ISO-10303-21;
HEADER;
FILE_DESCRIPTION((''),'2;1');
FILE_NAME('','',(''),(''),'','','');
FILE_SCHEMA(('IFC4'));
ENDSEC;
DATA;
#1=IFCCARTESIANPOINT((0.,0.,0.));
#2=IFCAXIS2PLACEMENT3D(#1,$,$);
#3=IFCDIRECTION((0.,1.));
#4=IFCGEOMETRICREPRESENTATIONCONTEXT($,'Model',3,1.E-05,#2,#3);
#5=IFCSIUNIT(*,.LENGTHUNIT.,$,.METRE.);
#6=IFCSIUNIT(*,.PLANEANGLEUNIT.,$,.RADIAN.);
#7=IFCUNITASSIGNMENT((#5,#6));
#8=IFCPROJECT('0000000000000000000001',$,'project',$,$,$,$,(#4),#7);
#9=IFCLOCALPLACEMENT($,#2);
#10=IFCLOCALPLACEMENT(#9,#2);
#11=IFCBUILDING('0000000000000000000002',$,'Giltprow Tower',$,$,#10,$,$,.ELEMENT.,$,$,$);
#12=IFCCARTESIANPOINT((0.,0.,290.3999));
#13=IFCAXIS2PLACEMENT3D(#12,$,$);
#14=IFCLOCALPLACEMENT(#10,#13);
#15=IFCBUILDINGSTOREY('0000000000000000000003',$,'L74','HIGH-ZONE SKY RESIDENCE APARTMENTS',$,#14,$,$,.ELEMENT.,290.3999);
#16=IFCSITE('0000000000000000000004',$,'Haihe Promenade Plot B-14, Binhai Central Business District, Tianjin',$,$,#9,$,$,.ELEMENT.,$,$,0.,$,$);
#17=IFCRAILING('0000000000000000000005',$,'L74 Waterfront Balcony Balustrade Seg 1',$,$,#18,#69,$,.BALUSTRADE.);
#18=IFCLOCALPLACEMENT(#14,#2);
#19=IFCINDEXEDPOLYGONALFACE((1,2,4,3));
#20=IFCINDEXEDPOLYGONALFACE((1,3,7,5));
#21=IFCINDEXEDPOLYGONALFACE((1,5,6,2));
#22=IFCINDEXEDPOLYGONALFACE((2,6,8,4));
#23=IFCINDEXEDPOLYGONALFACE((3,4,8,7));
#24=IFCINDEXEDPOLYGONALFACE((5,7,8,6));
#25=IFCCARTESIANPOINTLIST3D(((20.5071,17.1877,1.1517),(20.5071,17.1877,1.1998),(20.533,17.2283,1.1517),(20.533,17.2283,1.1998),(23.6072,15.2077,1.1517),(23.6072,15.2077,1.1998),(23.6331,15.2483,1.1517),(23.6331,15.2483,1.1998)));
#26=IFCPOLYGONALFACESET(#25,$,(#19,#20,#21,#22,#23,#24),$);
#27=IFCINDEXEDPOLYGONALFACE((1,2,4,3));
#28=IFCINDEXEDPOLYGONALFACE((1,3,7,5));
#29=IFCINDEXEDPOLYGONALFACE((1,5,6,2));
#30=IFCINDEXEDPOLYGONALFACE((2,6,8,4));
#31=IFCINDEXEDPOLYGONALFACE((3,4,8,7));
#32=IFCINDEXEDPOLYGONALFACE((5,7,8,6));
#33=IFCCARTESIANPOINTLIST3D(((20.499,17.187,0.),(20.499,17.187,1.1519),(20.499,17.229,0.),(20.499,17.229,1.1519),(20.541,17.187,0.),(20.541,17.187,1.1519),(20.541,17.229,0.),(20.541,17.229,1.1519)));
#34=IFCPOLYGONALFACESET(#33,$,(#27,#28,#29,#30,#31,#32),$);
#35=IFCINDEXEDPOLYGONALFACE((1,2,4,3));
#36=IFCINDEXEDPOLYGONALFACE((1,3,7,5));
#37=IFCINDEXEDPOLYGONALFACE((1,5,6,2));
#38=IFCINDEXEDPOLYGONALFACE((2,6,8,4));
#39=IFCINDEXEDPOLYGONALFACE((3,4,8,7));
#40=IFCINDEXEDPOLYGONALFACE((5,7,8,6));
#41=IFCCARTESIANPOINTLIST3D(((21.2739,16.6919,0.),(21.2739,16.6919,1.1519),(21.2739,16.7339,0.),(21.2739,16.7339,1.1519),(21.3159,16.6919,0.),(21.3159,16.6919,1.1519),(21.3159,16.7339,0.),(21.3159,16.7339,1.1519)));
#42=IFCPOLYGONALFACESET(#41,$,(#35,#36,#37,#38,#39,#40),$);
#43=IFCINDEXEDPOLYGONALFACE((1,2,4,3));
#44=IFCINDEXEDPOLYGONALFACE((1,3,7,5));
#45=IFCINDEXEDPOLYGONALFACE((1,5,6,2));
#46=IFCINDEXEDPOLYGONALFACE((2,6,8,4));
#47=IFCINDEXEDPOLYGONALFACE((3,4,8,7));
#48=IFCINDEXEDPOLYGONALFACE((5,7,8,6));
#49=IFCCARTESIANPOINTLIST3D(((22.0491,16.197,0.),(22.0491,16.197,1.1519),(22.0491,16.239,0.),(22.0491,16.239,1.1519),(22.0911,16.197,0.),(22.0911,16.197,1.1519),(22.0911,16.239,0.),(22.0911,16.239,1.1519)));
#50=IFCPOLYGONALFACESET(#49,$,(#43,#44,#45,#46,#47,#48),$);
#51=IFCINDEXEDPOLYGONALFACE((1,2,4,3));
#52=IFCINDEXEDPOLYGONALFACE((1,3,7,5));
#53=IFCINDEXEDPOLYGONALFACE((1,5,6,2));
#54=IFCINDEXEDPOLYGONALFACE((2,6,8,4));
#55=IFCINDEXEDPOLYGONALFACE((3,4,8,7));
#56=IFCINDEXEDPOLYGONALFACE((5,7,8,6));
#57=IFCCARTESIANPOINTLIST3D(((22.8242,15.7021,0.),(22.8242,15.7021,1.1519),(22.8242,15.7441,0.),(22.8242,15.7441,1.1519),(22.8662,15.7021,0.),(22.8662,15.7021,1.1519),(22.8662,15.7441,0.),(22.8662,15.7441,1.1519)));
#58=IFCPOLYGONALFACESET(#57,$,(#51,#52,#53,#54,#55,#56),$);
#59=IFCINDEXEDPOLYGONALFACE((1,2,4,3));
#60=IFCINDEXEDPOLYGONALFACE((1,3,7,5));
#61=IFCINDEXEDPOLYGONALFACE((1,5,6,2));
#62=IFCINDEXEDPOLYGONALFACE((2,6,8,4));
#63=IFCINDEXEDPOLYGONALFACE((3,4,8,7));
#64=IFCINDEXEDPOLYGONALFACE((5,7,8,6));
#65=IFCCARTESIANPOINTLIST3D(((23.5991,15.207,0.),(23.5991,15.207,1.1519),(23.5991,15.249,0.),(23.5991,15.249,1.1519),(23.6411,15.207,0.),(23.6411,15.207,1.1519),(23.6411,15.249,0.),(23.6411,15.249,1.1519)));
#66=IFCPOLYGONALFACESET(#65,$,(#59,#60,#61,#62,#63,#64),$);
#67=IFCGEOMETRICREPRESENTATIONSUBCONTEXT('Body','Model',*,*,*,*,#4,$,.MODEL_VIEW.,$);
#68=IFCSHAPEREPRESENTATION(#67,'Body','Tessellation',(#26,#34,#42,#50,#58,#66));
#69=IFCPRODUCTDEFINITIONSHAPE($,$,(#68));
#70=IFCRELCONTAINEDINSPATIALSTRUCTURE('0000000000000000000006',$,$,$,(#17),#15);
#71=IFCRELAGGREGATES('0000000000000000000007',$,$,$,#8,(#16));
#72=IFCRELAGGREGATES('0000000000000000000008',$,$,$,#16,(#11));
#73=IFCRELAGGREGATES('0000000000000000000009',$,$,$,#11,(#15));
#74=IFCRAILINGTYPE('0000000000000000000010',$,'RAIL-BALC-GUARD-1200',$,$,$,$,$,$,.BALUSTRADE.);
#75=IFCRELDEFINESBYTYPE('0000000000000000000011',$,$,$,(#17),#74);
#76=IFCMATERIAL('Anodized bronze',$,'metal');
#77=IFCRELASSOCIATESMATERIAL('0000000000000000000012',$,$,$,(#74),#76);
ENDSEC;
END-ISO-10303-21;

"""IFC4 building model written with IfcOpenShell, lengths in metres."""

from ifc_helpers import new_model, si_unit, direction, frame, origin, origin_2d, place, context, subcontext, project, spatial, rectangle, extrude, material, type_object, element, save


model = new_model("IFC4")

# Units and contexts
model_context = context("Model", 3, precision=1e-05, world=origin(), true_north=direction((0.0, 1.0)))
body_context = subcontext(model_context, "Body", "Model", "MODEL_VIEW")
ifc_project = project(units=[si_unit("LENGTHUNIT", "METRE"), si_unit("PLANEANGLEUNIT", "RADIAN")], contexts=[model_context])

# Site, building, storey
site_placement = place(None, origin())
site = spatial("IfcSite", under=ifc_project, at=site_placement, Name="Haihe Promenade Plot B-14, Binhai Central Business District, Tianjin", CompositionType="ELEMENT", RefElevation=0.0)
building_placement = place(site_placement, origin())
building = spatial("IfcBuilding", under=site, at=building_placement, Name="Giltprow Tower", CompositionType="ELEMENT")
storey_placement = place(building_placement, frame((0.0, 0.0, 290.3999)))
storey = spatial("IfcBuildingStorey", under=building, at=storey_placement, Name="L74", Description="HIGH-ZONE SKY RESIDENCE APARTMENTS", CompositionType="ELEMENT", Elevation=290.3999)

# Railing
ifc_material_1 = material(Name="Anodized bronze", Category="metal")
railing_type = type_object("IfcRailingType", Name="RAIL-BALC-GUARD-1200", PredefinedType="BALUSTRADE", material=ifc_material_1)
railing_1_placement = place(storey_placement, frame((20.52, 17.208, 0.0)))
element("IfcRailing", 1, at=railing_1_placement, inside=storey, type_object=railing_type, Name="L74 Waterfront Balcony Balustrade Seg 1", PredefinedType="BALUSTRADE", context=body_context, shape_type="SweptSolid", body=[
    extrude(rectangle(XDim=0.0481, YDim=0.0481, at=origin_2d()), frame((0.0, 0.0, 1.1758), z_axis=(0.842775, -0.538266, 0.0), x_axis=(0.538266, 0.842775, 0.0)), (0.0, 0.0, 1.0), 3.6785),
    extrude(rectangle(XDim=0.042, YDim=0.042, at=origin_2d()), origin(), (0.0, 0.0, 1.0), 1.1519),
    extrude(rectangle(XDim=0.042, YDim=0.042, at=origin_2d()), frame((0.7749, -0.4951, 0.0)), (0.0, 0.0, 1.0), 1.1519),
    extrude(rectangle(XDim=0.042, YDim=0.042, at=origin_2d()), frame((1.55, -0.99, 0.0)), (0.0, 0.0, 1.0), 1.1519),
    extrude(rectangle(XDim=0.042, YDim=0.042, at=origin_2d()), frame((2.3252, -1.4849, 0.0)), (0.0, 0.0, 1.0), 1.1519),
    extrude(rectangle(XDim=0.042, YDim=0.042, at=origin_2d()), frame((3.1001, -1.98, 0.0)), (0.0, 0.0, 1.0), 1.1519),
])

save(model, "model.ifc")
